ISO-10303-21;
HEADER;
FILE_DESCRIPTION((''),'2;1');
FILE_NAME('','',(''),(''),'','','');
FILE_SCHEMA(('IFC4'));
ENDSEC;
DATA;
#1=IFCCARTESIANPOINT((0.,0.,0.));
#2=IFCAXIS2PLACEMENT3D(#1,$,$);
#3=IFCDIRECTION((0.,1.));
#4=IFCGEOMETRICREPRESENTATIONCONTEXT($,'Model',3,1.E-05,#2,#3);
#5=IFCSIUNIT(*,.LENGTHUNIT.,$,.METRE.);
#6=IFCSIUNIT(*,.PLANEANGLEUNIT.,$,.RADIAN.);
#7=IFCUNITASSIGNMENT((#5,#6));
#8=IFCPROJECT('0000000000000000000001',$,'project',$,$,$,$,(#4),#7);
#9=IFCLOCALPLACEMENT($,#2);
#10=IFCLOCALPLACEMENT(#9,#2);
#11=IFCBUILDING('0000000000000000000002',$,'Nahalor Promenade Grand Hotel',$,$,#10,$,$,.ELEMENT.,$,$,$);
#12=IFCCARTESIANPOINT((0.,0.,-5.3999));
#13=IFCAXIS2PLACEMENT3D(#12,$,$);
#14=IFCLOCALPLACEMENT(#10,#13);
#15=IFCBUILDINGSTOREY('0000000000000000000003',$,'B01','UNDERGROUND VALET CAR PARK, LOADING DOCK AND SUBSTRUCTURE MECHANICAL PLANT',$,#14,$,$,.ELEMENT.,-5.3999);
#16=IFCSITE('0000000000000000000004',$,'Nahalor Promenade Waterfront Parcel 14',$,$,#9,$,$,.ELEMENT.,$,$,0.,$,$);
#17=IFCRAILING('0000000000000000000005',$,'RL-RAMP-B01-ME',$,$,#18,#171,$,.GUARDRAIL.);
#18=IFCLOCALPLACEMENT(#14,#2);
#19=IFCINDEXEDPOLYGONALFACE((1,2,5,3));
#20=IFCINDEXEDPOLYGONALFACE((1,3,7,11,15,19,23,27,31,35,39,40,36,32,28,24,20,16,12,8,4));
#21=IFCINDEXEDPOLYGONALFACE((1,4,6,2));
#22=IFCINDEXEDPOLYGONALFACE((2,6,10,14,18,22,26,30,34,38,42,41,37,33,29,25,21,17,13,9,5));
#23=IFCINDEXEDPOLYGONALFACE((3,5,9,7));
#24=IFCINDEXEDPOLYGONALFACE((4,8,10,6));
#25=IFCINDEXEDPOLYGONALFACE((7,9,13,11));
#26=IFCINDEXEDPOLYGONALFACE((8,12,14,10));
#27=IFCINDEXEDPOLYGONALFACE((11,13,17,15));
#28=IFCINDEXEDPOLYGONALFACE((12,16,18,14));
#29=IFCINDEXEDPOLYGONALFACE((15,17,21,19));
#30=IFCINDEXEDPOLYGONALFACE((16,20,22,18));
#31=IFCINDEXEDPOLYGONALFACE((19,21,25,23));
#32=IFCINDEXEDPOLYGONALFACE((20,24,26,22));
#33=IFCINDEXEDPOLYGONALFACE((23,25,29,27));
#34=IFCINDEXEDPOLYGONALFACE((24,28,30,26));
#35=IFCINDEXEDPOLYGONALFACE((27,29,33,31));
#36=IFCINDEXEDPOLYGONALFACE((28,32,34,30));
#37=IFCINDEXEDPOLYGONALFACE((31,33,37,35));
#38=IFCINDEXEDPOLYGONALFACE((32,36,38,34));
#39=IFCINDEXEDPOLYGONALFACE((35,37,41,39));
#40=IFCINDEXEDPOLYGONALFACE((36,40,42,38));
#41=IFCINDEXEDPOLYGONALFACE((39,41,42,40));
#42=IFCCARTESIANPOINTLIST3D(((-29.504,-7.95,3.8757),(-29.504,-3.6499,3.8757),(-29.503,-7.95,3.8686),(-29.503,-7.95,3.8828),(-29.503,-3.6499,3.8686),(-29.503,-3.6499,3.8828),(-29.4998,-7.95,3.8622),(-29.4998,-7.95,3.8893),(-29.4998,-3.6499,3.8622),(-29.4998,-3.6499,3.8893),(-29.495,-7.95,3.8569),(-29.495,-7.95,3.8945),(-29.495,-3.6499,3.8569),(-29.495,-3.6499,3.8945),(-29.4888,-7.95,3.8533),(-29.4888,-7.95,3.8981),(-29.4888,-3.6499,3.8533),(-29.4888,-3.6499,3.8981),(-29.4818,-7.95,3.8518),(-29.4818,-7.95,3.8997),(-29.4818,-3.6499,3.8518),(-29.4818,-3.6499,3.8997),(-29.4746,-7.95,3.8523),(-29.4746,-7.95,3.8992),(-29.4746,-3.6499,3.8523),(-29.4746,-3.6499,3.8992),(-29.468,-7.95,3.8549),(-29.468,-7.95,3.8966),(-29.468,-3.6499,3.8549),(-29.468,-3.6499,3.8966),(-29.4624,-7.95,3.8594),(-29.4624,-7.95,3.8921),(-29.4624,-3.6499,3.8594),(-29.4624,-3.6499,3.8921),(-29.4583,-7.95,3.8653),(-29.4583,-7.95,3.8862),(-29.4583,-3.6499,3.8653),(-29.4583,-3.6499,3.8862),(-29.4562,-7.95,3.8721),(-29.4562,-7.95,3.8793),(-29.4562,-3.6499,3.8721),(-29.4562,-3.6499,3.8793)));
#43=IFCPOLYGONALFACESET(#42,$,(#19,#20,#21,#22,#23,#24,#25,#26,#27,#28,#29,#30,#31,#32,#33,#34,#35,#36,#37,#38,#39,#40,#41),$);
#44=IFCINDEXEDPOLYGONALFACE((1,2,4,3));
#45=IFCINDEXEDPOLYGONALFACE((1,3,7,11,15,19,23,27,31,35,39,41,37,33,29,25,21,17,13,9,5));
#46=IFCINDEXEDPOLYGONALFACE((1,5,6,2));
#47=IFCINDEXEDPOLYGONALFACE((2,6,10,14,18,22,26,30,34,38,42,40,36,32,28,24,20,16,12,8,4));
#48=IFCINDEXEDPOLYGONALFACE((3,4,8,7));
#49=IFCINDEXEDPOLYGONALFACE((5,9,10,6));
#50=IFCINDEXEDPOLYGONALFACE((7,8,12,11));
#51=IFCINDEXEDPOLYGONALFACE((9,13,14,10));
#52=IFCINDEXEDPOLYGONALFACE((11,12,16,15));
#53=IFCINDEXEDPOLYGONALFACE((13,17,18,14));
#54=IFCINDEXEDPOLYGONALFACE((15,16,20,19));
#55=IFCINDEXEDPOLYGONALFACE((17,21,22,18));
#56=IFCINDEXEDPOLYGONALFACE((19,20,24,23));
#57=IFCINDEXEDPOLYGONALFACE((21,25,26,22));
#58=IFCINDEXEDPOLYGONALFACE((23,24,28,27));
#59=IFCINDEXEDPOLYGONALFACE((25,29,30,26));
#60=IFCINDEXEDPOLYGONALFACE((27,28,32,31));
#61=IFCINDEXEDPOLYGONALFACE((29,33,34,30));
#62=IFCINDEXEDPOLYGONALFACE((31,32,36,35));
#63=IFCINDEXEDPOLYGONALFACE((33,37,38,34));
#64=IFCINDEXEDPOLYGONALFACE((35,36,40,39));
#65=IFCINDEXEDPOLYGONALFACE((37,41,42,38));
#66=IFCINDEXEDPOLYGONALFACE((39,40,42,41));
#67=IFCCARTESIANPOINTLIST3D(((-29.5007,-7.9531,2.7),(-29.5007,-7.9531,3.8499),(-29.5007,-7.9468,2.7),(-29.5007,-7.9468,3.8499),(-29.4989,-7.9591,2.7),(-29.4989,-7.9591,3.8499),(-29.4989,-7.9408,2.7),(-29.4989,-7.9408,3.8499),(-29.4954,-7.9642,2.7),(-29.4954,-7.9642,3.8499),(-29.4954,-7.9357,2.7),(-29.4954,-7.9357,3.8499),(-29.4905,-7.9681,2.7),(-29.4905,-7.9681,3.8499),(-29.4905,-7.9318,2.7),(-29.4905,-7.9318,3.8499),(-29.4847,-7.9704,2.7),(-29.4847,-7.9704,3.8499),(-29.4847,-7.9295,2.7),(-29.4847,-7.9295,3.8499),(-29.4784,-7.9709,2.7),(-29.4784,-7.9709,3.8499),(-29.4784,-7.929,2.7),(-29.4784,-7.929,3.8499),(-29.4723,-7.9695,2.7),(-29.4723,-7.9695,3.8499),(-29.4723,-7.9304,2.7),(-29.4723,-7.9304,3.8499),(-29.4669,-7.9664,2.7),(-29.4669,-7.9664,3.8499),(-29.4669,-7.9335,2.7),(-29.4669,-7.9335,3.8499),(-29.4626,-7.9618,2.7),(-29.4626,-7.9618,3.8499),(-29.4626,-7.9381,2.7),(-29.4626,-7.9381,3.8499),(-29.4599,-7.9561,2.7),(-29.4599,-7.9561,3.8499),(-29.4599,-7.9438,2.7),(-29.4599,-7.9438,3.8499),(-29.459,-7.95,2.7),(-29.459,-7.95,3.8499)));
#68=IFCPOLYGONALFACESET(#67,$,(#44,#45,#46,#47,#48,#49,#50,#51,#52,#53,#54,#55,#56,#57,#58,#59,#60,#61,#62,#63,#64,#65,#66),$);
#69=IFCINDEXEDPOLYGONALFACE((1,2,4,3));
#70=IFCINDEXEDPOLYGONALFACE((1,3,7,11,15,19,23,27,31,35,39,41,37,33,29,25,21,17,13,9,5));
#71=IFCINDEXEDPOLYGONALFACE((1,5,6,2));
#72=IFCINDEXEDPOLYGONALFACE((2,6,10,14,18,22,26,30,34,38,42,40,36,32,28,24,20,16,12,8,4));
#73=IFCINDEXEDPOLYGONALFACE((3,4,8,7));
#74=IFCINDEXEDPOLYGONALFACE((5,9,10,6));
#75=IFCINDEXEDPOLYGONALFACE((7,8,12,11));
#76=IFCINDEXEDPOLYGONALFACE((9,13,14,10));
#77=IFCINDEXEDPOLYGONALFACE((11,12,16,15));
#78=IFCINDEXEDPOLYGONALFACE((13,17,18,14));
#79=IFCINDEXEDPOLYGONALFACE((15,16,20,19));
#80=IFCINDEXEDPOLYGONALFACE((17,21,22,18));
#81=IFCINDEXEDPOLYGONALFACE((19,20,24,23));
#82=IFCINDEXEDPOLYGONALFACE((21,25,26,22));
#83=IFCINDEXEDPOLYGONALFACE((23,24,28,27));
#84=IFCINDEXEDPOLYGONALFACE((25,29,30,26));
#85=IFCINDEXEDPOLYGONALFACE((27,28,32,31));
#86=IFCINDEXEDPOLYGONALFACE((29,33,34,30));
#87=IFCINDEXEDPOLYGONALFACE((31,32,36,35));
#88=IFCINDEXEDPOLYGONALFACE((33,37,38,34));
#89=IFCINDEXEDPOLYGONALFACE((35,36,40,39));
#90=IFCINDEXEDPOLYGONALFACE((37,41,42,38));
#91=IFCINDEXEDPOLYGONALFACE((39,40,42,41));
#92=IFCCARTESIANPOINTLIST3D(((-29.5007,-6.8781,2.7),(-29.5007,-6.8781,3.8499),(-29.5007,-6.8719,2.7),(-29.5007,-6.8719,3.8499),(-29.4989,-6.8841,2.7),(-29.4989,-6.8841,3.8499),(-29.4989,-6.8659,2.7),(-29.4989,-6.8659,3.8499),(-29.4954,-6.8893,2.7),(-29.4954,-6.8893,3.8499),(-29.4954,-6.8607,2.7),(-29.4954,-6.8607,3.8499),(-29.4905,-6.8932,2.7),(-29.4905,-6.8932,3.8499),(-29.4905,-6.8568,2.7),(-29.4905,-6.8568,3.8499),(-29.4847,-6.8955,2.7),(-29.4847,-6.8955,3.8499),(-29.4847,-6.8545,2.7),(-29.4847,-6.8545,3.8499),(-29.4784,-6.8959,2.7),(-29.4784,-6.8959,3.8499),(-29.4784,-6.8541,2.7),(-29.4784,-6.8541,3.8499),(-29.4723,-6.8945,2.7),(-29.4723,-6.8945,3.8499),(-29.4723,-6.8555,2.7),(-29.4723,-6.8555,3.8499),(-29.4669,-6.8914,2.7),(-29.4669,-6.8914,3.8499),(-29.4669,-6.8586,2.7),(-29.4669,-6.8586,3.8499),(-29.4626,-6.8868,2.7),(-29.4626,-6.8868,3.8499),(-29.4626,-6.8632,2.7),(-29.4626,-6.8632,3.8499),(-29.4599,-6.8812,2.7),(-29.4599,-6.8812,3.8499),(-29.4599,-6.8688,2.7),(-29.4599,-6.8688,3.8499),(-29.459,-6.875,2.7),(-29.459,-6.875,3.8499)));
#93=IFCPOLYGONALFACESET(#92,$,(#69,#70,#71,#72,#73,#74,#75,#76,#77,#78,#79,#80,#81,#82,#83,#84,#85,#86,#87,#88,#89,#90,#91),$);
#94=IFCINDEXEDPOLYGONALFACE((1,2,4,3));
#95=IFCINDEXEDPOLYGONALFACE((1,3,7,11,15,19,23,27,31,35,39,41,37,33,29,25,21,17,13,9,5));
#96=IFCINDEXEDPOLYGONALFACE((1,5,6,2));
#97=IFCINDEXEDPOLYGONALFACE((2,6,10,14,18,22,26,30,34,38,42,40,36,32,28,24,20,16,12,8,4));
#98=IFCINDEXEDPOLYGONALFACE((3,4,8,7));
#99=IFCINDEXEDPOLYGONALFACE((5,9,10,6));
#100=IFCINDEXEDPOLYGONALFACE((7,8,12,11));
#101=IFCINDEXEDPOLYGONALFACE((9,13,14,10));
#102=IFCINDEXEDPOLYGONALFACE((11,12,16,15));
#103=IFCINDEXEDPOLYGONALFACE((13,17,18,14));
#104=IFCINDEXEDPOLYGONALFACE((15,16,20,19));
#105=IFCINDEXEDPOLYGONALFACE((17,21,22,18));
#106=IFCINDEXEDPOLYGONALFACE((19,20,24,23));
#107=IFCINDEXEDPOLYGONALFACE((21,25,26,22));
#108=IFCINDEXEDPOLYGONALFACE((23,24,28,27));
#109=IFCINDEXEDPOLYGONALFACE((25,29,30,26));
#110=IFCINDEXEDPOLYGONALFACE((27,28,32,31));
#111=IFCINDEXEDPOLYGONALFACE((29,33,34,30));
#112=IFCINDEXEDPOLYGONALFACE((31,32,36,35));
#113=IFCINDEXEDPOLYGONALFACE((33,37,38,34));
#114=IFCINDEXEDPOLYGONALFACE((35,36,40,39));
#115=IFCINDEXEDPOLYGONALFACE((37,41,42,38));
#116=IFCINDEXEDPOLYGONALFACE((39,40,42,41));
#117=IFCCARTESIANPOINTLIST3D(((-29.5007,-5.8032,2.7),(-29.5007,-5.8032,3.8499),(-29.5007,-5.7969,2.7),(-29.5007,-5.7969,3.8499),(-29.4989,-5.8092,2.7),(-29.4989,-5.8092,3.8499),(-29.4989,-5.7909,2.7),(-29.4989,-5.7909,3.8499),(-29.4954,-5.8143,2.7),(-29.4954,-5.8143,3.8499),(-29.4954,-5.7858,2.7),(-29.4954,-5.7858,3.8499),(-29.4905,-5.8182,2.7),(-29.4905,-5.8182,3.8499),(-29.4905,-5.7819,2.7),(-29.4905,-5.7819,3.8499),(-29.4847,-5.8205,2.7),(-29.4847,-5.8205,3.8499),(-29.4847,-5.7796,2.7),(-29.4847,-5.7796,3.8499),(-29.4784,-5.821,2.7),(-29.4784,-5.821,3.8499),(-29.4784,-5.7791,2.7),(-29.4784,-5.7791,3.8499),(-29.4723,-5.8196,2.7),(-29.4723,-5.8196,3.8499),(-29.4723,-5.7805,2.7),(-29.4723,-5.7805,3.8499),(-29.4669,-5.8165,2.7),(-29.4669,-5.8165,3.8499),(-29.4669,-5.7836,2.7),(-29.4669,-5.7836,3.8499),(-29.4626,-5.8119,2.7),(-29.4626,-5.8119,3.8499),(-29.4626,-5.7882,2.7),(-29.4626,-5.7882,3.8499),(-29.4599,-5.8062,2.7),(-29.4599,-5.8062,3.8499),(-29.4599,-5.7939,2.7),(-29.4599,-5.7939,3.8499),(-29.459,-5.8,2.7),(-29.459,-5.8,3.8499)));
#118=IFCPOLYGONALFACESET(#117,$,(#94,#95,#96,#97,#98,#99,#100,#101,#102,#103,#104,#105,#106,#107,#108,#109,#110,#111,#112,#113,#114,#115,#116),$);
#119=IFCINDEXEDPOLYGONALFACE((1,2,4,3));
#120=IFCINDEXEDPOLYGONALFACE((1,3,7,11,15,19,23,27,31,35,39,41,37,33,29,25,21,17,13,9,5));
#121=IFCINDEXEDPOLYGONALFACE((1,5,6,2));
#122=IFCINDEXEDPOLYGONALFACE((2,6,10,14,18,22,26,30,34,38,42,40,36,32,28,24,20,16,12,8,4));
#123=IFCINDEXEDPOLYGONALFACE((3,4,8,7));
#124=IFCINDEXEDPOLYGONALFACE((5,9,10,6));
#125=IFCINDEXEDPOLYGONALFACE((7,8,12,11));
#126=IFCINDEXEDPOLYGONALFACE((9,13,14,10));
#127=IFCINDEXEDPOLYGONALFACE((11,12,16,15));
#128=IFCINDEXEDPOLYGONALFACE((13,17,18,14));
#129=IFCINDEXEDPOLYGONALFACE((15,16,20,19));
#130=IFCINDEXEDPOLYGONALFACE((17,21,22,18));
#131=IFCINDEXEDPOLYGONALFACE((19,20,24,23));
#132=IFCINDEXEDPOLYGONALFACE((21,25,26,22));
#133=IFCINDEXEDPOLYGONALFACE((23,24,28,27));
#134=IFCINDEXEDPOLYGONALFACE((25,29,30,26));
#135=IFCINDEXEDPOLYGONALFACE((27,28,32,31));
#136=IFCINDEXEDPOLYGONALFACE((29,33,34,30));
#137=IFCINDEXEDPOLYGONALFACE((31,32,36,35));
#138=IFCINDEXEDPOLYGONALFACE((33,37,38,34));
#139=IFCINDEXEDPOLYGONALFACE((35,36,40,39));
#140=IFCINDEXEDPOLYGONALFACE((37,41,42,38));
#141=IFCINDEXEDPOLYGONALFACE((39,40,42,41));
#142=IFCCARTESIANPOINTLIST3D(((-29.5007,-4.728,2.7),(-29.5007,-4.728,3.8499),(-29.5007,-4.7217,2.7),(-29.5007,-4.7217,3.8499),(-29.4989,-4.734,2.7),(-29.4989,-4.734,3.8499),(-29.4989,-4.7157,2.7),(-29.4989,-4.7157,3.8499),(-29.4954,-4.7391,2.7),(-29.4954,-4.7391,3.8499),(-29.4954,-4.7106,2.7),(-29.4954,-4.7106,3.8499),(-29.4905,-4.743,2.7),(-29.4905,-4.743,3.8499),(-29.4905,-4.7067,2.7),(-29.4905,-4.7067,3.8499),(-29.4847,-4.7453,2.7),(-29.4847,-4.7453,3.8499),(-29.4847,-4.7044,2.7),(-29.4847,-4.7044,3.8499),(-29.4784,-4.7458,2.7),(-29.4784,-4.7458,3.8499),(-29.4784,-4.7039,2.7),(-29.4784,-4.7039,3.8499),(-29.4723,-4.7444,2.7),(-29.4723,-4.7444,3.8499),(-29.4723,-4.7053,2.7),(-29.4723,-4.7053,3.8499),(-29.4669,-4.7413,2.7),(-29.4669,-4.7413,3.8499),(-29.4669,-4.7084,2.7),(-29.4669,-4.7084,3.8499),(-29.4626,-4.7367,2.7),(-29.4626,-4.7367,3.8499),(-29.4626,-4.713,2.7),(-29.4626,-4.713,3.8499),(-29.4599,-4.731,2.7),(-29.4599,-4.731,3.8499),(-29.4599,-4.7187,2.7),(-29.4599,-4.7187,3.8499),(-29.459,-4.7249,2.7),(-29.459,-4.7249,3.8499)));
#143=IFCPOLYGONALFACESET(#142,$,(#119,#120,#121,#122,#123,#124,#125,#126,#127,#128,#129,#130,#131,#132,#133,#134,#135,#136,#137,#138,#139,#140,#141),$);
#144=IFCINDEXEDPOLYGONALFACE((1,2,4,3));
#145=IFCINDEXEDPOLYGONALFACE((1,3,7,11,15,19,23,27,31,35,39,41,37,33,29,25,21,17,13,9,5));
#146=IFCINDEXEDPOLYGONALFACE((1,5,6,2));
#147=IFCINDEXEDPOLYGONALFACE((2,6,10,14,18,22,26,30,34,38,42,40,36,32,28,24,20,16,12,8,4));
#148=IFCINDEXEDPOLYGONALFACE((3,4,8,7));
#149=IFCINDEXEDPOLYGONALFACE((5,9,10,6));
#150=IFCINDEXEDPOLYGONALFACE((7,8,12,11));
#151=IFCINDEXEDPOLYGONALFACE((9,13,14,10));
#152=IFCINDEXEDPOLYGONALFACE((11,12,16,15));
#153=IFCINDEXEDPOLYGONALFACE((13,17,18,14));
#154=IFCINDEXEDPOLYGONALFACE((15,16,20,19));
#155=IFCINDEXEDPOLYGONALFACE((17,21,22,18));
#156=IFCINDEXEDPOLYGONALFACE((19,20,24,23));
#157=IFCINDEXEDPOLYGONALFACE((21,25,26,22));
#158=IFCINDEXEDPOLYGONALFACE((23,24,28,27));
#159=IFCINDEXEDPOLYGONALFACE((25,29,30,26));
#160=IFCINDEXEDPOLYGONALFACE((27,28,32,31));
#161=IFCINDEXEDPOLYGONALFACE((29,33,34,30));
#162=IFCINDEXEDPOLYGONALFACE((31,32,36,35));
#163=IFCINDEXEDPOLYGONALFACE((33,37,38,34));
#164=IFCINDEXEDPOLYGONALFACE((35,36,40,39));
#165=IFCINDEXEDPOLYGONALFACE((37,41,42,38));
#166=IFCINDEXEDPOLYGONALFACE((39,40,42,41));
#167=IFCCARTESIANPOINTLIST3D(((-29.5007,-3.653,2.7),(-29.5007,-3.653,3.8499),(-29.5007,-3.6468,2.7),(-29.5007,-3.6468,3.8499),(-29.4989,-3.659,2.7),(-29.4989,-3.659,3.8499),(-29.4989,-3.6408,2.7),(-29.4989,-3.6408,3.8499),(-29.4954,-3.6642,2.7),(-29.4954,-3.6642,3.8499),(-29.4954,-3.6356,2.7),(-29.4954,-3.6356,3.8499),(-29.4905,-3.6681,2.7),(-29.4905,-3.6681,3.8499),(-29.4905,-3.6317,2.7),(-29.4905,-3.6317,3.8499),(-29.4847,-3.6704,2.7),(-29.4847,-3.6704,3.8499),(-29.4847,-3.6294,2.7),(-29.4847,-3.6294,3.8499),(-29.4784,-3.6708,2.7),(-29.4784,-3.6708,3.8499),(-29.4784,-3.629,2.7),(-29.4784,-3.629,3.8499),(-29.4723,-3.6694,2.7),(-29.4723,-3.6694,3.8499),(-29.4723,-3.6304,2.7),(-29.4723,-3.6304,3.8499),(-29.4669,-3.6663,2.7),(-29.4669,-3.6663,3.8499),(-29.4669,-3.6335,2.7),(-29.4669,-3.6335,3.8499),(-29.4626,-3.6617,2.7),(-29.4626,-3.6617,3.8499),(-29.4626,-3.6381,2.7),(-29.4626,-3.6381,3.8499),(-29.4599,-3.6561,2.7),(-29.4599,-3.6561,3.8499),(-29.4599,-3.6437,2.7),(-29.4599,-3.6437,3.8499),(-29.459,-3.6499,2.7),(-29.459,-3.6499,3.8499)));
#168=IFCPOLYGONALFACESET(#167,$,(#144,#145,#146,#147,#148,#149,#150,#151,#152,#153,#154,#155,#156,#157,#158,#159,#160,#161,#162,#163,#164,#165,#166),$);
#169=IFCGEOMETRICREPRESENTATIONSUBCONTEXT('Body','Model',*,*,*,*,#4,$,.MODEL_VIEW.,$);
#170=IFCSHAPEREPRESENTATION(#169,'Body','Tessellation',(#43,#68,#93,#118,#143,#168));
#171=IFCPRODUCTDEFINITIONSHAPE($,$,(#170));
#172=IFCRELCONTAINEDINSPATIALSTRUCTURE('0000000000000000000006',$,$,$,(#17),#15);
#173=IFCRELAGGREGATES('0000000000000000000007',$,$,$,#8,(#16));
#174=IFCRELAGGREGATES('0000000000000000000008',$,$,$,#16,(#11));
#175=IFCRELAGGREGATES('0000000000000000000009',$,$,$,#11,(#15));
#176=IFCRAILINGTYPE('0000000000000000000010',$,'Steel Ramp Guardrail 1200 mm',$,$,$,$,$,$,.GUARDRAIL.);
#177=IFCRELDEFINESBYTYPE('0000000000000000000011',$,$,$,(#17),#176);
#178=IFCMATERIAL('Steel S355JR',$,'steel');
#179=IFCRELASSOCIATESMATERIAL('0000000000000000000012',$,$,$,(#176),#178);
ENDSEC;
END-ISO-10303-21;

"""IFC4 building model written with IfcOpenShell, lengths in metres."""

from ifc_helpers import new_model, si_unit, direction, frame, origin, origin_2d, place, context, subcontext, project, spatial, circle, extrude, material, type_object, element, save


model = new_model("IFC4")

# Units and contexts
model_context = context("Model", 3, precision=1e-05, world=origin(), true_north=direction((0.0, 1.0)))
body_context = subcontext(model_context, "Body", "Model", "MODEL_VIEW")
ifc_project = project(units=[si_unit("LENGTHUNIT", "METRE"), si_unit("PLANEANGLEUNIT", "RADIAN")], contexts=[model_context])

# Site, building, storey
site_placement = place(None, origin())
site = spatial("IfcSite", under=ifc_project, at=site_placement, Name="Nahalor Promenade Waterfront Parcel 14", CompositionType="ELEMENT", RefElevation=0.0)
building_placement = place(site_placement, origin())
building = spatial("IfcBuilding", under=site, at=building_placement, Name="Nahalor Promenade Grand Hotel", CompositionType="ELEMENT")
storey_placement = place(building_placement, frame((0.0, 0.0, -5.3999)))
storey = spatial("IfcBuildingStorey", under=building, at=storey_placement, Name="B01", Description="UNDERGROUND VALET CAR PARK, LOADING DOCK AND SUBSTRUCTURE MECHANICAL PLANT", CompositionType="ELEMENT", Elevation=-5.3999)

# Shared definitions
ifc_material_1 = material(Name="Steel S355JR", Category="steel")

# Railing
railing_type = type_object("IfcRailingType", Name="Steel Ramp Guardrail 1200 mm", PredefinedType="GUARDRAIL", material=ifc_material_1)
for number, where, name in (
    (1, (-29.48, -7.95, 2.7), "RL-RAMP-B01-ME"),
):
    element("IfcRailing", number, at=place(storey_placement, frame(where)), inside=storey, type_object=railing_type, Name=name, PredefinedType="GUARDRAIL", context=body_context, shape_type="SweptSolid", body=[
        extrude(circle(Radius=0.024, at=origin_2d()), frame((0.0, 0.0, 1.1758), z_axis=(0.0, 1.0, 0.0), x_axis=(-1.0, 0.0, 0.0)), (0.0, 0.0, 1.0), 4.3),
        extrude(circle(Radius=0.021, at=origin_2d()), origin(), (0.0, 0.0, 1.0), 1.1499),
        extrude(circle(Radius=0.021, at=origin_2d()), frame((0.0, 1.075, 0.0)), (0.0, 0.0, 1.0), 1.1499),
        extrude(circle(Radius=0.021, at=origin_2d()), frame((0.0, 2.1499, 0.0)), (0.0, 0.0, 1.0), 1.1499),
        extrude(circle(Radius=0.021, at=origin_2d()), frame((0.0, 3.2251, 0.0)), (0.0, 0.0, 1.0), 1.1499),
        extrude(circle(Radius=0.021, at=origin_2d()), frame((0.0, 4.3, 0.0)), (0.0, 0.0, 1.0), 1.1499),
    ])

save(model, "model.ifc")
